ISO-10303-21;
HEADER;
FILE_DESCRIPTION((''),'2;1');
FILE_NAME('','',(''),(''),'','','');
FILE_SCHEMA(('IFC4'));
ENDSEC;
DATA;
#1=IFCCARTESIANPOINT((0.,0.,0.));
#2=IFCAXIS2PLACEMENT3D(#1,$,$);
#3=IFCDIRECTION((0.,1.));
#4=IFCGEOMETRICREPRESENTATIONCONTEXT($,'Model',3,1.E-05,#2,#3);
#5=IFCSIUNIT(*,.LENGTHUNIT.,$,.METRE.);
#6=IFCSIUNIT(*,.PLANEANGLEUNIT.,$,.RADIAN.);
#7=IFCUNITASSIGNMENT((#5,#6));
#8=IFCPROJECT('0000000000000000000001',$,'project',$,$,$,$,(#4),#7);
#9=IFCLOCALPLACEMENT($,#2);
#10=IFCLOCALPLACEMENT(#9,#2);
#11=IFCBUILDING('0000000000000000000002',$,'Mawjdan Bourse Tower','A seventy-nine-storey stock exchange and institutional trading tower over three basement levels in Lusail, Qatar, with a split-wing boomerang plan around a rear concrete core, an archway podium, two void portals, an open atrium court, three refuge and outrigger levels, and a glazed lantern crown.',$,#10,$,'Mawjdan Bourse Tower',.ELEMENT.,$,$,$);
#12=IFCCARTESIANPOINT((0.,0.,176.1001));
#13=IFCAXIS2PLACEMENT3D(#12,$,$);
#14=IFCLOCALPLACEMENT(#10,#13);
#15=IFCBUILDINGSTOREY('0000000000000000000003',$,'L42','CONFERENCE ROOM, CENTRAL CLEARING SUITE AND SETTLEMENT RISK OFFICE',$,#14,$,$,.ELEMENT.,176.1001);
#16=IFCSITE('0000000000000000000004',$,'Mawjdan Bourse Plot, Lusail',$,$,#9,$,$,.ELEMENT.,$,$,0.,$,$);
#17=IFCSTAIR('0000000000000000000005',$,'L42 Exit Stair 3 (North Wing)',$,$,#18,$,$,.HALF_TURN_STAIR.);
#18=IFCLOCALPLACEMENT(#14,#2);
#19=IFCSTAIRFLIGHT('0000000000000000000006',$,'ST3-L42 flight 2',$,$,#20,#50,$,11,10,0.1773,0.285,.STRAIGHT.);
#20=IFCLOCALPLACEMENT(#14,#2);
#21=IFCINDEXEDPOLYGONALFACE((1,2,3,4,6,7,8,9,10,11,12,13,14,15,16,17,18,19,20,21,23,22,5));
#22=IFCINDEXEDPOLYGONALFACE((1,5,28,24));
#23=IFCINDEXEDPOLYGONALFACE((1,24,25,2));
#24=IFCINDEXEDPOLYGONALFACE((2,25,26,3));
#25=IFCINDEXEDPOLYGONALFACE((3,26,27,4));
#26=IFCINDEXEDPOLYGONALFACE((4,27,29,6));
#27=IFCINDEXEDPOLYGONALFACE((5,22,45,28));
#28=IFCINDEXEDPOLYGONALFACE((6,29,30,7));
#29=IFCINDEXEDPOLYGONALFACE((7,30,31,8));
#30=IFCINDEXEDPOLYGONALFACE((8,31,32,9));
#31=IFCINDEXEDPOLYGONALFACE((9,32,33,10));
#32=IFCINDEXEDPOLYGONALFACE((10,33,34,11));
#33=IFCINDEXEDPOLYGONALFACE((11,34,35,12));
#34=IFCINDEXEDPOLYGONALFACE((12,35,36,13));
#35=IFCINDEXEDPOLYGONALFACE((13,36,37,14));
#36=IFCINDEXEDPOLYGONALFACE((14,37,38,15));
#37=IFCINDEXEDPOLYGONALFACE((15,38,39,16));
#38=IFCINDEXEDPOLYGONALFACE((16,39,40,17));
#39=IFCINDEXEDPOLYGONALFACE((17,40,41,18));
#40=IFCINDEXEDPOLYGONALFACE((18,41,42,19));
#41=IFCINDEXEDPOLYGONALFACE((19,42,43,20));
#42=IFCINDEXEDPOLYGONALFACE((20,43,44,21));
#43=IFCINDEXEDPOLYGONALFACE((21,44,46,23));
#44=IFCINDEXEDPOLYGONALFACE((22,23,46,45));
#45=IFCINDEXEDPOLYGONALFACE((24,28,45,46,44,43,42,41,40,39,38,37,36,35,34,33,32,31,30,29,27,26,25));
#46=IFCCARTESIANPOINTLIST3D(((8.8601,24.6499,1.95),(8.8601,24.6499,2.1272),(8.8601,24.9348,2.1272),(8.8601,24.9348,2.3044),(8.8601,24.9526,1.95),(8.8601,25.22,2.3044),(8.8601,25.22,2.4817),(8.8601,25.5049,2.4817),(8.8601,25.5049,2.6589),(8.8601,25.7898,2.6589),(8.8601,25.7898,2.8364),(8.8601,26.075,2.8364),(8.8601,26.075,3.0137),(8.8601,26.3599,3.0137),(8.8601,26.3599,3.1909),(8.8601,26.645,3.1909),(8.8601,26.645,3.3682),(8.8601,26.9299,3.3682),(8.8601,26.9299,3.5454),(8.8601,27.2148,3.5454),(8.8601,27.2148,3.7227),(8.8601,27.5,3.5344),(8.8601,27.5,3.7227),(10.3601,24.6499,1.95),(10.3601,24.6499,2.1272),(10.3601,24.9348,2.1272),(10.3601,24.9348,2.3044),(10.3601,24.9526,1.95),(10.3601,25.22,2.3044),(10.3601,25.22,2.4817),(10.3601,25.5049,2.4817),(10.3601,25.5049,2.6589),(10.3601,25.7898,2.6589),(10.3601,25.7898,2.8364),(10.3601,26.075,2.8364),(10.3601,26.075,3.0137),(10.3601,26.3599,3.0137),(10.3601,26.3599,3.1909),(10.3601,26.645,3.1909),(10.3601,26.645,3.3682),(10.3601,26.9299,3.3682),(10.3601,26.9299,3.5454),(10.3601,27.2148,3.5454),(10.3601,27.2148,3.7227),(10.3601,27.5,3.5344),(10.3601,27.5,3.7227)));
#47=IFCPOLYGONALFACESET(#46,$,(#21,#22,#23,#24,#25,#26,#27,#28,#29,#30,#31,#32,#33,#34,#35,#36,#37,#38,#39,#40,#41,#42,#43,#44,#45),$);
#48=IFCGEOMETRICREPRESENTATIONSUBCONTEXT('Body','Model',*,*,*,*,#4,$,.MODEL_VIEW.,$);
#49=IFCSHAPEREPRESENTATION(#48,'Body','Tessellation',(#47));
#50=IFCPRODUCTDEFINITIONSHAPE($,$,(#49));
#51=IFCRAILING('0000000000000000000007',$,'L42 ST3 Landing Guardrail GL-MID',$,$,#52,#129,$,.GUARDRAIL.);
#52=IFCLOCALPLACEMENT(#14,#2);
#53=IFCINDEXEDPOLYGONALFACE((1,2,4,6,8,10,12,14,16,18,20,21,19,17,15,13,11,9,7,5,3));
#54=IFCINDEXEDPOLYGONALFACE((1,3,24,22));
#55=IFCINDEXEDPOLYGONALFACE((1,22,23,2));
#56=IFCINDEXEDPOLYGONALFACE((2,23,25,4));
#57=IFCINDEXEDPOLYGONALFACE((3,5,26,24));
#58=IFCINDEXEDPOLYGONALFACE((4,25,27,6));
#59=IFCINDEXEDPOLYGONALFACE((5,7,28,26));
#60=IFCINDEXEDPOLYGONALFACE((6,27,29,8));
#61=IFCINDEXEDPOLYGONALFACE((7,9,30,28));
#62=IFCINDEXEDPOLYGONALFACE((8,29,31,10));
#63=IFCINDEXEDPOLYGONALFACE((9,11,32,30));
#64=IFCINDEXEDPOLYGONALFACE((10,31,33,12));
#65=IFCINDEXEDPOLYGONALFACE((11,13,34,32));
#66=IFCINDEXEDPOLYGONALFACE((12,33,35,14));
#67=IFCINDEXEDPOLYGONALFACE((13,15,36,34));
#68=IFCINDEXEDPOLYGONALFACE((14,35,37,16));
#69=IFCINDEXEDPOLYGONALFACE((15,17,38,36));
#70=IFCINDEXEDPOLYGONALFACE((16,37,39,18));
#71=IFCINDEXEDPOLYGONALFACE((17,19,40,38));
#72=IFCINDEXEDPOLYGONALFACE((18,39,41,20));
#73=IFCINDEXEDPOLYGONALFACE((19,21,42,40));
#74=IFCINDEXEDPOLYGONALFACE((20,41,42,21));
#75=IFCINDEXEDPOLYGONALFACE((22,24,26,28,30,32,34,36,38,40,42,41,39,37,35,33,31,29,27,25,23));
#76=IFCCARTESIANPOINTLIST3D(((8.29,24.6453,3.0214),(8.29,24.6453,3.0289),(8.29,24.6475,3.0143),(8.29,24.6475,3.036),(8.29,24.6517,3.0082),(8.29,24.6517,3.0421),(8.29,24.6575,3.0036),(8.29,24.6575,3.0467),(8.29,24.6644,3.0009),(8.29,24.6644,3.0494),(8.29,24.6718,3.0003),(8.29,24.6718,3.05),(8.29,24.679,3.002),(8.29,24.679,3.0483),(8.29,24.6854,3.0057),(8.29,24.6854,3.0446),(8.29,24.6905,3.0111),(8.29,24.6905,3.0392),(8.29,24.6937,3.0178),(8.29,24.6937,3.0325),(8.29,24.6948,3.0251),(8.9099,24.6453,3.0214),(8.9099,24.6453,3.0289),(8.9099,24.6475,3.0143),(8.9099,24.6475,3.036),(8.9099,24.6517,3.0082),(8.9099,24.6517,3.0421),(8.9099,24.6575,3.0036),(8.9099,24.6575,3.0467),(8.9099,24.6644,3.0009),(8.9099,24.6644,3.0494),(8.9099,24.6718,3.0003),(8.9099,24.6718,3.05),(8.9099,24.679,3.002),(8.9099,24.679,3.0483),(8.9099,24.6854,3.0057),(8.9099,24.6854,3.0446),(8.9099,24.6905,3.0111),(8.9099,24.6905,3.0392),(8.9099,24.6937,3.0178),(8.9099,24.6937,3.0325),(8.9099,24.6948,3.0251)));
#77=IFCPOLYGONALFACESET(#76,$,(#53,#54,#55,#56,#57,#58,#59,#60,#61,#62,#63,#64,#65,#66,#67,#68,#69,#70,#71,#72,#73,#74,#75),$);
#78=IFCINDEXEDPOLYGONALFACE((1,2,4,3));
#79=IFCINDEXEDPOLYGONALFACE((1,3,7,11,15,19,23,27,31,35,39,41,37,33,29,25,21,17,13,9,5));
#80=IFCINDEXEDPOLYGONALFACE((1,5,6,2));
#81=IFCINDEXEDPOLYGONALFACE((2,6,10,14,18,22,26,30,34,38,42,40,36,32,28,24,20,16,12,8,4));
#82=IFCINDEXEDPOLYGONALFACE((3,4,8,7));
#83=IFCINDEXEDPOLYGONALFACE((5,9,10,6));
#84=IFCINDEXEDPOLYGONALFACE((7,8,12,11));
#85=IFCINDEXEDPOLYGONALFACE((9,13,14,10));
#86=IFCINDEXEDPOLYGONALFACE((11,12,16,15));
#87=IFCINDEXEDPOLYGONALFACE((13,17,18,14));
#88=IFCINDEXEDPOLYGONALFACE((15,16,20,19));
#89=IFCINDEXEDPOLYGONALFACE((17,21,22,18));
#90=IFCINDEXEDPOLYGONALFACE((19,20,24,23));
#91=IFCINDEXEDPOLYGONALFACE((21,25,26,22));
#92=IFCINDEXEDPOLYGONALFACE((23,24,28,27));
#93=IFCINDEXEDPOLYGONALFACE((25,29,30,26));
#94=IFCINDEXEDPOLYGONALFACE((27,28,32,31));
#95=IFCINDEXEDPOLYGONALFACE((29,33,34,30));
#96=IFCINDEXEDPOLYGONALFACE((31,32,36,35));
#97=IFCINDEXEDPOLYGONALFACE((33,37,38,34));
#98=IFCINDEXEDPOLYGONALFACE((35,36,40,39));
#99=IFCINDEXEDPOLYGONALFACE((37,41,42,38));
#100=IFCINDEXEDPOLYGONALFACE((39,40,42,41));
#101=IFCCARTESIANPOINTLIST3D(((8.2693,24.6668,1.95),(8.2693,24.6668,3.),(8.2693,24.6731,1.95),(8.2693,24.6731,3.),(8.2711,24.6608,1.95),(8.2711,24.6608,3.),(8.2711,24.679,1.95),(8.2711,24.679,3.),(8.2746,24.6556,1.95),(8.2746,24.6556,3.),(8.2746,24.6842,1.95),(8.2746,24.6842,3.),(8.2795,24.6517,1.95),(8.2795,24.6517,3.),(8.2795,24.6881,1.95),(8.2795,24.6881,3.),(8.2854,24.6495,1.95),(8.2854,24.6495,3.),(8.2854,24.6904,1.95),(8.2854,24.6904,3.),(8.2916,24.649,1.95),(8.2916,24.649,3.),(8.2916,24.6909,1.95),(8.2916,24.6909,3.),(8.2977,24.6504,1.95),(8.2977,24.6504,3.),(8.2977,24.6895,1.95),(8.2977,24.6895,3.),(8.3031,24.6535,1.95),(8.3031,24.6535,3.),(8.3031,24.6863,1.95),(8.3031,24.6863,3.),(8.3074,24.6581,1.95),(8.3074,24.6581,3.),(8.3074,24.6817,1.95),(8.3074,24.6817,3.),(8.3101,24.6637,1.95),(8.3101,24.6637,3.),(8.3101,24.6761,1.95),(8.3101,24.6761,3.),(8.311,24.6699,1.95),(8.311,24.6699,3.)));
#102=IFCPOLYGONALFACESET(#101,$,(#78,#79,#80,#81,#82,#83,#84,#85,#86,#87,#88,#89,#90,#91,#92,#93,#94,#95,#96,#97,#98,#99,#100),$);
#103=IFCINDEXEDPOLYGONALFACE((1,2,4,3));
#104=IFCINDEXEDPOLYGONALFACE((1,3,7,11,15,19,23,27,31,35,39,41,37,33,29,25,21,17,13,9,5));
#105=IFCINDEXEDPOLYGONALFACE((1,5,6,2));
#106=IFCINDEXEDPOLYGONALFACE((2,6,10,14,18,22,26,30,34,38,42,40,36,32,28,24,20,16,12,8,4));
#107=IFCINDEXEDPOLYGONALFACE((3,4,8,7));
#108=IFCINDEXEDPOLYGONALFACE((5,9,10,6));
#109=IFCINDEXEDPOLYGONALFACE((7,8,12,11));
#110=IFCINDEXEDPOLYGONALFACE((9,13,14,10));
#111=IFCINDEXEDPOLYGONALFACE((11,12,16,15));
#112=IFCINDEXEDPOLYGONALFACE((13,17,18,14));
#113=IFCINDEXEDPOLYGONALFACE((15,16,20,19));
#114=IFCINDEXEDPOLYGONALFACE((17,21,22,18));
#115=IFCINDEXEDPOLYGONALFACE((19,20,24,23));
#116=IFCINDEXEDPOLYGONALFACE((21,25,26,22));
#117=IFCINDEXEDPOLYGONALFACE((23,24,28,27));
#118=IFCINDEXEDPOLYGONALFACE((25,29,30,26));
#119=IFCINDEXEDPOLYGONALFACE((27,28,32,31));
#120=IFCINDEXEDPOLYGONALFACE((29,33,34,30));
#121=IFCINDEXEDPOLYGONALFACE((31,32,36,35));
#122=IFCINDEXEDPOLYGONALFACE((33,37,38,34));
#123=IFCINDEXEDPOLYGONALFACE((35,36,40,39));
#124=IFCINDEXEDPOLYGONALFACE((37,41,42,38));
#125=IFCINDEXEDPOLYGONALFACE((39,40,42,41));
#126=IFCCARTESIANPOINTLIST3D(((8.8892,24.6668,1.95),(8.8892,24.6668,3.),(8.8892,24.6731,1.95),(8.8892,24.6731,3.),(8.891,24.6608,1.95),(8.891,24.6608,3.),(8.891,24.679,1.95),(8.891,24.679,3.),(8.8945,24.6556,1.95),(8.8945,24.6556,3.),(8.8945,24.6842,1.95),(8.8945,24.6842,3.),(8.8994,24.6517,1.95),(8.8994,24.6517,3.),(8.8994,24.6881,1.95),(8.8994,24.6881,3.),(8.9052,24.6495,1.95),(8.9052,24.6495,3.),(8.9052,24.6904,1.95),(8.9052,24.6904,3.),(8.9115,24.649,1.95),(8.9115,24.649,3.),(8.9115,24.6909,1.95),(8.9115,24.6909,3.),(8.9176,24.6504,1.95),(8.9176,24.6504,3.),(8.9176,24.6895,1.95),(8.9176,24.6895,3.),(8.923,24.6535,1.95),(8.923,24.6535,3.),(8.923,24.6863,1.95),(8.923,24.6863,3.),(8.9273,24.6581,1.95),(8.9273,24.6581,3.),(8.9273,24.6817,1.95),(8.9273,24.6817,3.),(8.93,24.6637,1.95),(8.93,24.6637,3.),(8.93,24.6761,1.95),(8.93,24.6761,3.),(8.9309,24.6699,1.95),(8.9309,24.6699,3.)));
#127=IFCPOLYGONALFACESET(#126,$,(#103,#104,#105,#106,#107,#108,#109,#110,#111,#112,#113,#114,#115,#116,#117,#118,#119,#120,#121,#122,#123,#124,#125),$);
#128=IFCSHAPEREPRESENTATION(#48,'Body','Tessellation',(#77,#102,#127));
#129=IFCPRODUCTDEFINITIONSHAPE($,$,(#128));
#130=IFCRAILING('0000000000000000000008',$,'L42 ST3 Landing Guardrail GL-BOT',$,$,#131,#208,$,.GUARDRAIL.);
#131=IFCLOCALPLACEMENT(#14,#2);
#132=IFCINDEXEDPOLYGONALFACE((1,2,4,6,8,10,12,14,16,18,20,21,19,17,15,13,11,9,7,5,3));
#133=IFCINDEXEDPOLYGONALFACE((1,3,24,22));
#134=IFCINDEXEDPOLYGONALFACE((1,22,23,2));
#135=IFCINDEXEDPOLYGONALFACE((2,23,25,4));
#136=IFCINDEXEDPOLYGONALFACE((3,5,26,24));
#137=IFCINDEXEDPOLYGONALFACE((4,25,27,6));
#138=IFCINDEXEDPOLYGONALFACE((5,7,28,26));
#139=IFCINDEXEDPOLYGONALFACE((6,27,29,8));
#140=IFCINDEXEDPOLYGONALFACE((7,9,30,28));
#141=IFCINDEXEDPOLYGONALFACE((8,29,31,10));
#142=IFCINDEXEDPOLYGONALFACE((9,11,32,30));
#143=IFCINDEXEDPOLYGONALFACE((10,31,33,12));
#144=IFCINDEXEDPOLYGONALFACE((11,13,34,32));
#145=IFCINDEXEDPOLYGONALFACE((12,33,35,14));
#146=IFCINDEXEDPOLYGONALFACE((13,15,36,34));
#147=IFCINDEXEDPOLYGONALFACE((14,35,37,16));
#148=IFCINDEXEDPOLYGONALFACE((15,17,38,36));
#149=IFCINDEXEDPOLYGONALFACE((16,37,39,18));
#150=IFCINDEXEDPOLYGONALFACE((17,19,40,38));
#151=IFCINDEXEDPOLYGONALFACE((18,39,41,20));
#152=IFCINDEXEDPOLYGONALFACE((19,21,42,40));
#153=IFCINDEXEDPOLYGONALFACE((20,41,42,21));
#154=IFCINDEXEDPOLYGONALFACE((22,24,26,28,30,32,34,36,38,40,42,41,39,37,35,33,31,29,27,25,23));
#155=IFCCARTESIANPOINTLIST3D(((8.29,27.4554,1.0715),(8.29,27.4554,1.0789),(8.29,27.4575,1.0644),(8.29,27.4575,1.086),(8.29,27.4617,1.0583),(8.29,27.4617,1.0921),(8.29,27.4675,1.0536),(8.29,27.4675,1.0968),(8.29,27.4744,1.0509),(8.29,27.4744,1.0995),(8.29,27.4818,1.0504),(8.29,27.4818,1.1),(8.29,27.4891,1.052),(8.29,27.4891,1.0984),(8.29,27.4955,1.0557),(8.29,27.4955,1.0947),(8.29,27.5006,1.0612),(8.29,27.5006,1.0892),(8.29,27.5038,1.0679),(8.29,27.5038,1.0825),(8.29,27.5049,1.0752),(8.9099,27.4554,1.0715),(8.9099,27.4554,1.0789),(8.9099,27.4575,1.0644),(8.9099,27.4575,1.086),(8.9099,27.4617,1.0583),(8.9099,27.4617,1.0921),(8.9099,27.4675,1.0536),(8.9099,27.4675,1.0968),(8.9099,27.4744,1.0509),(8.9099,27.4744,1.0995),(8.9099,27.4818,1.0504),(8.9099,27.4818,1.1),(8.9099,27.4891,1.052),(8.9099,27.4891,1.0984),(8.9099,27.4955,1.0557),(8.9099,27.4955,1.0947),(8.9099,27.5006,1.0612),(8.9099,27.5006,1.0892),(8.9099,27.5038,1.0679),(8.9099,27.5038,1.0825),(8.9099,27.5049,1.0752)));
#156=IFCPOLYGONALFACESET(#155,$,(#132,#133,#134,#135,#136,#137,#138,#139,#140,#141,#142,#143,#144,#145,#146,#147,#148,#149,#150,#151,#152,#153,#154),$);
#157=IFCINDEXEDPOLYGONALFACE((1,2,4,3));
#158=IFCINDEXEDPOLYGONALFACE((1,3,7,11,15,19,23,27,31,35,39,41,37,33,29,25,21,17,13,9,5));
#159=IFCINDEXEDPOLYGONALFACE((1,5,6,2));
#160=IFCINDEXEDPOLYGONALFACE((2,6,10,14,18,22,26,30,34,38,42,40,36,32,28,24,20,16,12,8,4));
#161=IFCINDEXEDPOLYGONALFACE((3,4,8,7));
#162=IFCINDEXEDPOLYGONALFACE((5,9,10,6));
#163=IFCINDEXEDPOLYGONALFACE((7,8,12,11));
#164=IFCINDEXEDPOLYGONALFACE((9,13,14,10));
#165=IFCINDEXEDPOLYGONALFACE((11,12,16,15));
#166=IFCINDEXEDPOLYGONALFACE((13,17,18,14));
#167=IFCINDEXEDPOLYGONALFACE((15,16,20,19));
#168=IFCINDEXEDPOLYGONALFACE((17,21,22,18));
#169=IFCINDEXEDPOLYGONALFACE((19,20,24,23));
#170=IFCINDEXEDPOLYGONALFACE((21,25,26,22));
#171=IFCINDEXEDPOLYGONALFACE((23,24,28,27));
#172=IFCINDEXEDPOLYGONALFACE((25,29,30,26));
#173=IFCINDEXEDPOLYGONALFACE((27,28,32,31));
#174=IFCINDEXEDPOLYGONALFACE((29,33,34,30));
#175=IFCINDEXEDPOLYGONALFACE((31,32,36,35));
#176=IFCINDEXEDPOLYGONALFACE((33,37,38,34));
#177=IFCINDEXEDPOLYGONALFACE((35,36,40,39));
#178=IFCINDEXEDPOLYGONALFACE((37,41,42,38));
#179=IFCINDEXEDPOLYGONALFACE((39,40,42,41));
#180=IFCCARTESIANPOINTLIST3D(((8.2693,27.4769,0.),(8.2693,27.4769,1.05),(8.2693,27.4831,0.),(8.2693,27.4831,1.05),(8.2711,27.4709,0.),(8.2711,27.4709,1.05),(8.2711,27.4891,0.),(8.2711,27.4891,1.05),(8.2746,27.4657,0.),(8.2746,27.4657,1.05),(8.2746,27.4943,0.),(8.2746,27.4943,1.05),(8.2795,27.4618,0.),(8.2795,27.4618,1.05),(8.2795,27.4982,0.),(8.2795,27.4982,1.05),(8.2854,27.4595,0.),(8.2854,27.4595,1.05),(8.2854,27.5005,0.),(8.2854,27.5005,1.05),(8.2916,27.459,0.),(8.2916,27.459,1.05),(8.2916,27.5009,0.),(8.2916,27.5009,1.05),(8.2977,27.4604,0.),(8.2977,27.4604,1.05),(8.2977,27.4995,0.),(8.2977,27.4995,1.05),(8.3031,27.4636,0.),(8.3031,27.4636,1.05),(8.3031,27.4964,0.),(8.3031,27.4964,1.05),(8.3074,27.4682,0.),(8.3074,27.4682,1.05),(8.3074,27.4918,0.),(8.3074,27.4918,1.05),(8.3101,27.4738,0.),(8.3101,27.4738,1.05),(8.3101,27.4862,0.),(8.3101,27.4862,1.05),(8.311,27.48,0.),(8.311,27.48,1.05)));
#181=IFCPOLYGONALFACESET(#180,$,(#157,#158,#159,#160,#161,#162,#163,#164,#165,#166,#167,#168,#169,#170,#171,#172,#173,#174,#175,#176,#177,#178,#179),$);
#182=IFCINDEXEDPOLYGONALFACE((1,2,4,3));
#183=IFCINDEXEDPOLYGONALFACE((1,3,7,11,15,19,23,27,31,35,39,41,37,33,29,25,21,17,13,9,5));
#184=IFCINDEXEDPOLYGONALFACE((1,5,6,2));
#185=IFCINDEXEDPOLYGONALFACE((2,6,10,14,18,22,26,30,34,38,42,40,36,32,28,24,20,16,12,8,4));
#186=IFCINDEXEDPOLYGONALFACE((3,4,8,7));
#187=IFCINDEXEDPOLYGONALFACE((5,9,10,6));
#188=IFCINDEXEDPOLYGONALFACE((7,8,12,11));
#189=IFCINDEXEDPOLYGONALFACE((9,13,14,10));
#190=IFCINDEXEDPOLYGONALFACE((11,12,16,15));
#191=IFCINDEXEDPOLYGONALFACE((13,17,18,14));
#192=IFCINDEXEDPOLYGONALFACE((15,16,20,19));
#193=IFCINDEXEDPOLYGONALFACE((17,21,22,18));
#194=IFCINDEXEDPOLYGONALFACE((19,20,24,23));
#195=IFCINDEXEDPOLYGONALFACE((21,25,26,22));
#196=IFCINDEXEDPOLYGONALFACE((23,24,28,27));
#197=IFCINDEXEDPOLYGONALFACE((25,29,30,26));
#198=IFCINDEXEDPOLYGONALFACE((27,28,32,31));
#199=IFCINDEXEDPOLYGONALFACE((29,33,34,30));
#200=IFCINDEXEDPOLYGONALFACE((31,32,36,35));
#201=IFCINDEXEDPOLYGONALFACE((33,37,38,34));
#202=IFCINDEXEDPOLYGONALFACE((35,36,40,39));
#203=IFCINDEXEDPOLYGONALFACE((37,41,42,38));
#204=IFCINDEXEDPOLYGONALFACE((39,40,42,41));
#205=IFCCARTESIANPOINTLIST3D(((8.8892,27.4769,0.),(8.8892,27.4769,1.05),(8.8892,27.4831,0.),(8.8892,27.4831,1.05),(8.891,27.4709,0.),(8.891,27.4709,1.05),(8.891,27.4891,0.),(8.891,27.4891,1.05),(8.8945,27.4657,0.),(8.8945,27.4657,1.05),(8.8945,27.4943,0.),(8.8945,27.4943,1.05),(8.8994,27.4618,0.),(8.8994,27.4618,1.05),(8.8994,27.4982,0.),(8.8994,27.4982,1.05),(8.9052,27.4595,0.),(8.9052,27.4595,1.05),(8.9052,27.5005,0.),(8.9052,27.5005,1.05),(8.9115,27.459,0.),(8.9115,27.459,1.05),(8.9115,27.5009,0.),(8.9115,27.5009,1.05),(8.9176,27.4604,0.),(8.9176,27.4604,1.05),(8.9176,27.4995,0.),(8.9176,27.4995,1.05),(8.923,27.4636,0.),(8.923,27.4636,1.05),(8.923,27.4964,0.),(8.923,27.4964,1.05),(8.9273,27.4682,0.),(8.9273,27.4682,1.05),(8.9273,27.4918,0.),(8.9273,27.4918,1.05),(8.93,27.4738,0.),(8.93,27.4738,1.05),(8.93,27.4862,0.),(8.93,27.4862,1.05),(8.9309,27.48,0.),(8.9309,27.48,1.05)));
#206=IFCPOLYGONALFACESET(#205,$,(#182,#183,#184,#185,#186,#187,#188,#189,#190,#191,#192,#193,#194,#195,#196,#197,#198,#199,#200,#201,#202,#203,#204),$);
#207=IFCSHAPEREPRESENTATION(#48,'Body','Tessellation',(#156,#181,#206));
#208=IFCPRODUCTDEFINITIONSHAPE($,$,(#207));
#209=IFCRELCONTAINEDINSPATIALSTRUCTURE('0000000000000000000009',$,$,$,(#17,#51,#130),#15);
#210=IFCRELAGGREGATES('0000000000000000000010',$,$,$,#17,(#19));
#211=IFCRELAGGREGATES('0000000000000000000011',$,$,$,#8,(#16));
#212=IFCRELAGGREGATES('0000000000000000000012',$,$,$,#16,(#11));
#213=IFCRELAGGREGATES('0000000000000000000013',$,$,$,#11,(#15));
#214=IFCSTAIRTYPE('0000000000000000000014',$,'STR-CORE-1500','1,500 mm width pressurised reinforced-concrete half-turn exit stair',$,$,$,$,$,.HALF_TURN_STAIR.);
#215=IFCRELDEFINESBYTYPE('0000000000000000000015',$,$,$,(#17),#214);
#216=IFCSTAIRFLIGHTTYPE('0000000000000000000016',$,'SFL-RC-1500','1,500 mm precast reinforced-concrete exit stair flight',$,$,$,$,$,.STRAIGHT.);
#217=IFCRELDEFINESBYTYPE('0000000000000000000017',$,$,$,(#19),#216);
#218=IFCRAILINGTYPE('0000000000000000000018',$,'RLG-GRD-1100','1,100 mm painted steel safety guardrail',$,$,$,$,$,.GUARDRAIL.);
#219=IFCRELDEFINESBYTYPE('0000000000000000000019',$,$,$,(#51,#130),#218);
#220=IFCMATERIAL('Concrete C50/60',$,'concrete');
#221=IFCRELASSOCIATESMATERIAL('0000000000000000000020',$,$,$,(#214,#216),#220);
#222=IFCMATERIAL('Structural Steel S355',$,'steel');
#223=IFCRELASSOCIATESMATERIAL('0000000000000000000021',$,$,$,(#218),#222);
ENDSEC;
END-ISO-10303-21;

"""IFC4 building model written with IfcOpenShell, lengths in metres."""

from ifc_helpers import new_model, si_unit, direction, frame, origin, origin_2d, place, context, subcontext, project, spatial, polyline, circle, outline, extrude, material, type_object, element, aggregate, save


model = new_model("IFC4")

# Units and contexts
model_context = context("Model", 3, precision=1e-05, world=origin(), true_north=direction((0.0, 1.0)))
body_context = subcontext(model_context, "Body", "Model", "MODEL_VIEW")
ifc_project = project(units=[si_unit("LENGTHUNIT", "METRE"), si_unit("PLANEANGLEUNIT", "RADIAN")], contexts=[model_context])

# Site, building, storey
site_placement = place(None, origin())
site = spatial("IfcSite", under=ifc_project, at=site_placement, Name="Mawjdan Bourse Plot, Lusail", CompositionType="ELEMENT", RefElevation=0.0)
building_placement = place(site_placement, origin())
building = spatial("IfcBuilding", under=site, at=building_placement, Name="Mawjdan Bourse Tower", Description="A seventy-nine-storey stock exchange and institutional trading tower over three basement levels in Lusail, Qatar, with a split-wing boomerang plan around a rear concrete core, an archway podium, two void portals, an open atrium court, three refuge and outrigger levels, and a glazed lantern crown.", LongName="Mawjdan Bourse Tower", CompositionType="ELEMENT")
storey_placement = place(building_placement, frame((0.0, 0.0, 176.1001)))
storey = spatial("IfcBuildingStorey", under=building, at=storey_placement, Name="L42", Description="CONFERENCE ROOM, CENTRAL CLEARING SUITE AND SETTLEMENT RISK OFFICE", CompositionType="ELEMENT", Elevation=176.1001)

# Shared definitions
ifc_material_1 = material(Name="Structural Steel S355", Category="steel")

# Shared definitions
ifc_material_2 = material(Name="Concrete C50/60", Category="concrete")

# Stair, stair flight
stair_type = type_object("IfcStairType", Name="STR-CORE-1500", Description="1,500 mm width pressurised reinforced-concrete half-turn exit stair", PredefinedType="HALF_TURN_STAIR", material=ifc_material_2)
stair_placement = place(storey_placement, origin())
stair = element("IfcStair", 1, at=stair_placement, inside=storey, type_object=stair_type, Name="L42 Exit Stair 3 (North Wing)", PredefinedType="HALF_TURN_STAIR")
stair_flight_type = type_object("IfcStairFlightType", Name="SFL-RC-1500", Description="1,500 mm precast reinforced-concrete exit stair flight", PredefinedType="STRAIGHT", material=ifc_material_2)
stair_flight_1_placement = place(storey_placement, frame((9.6101, 24.6499, 1.95), z_axis=(0.0, 0.0, 1.0), x_axis=(0.0, 1.0, 0.0)))
stair_flight_1 = element("IfcStairFlight", 2, at=stair_flight_1_placement, type_object=stair_flight_type, Name="ST3-L42 flight 2", NumberOfRisers=11, NumberOfTreads=10, PredefinedType="STRAIGHT", RiserHeight=0.1773, TreadLength=0.285, context=body_context, shape_type="SweptSolid", body=[
    extrude(outline(polyline([(0.0, 0.0), (0.0, 0.1772), (0.2849, 0.1772), (0.2849, 0.3545), (0.5701, 0.3545), (0.5701, 0.5317), (0.855, 0.5317), (0.855, 0.709), (1.1399, 0.709), (1.1399, 0.8865), (1.425, 0.8865), (1.425, 1.0637), (1.71, 1.0637), (1.71, 1.241), (1.9951, 1.241), (1.9951, 1.4182), (2.28, 1.4182), (2.28, 1.5955), (2.5649, 1.5955), (2.5649, 1.7727), (2.8501, 1.7727), (2.8501, 1.95), (2.8501, 1.5845), (0.3027, 0.0), (0.0, 0.0)])), frame((0.0, 0.75, 0.0), z_axis=(0.0, -1.0, 0.0), x_axis=(1.0, 0.0, 0.0)), (0.0, 0.0, 1.0), 1.5),
])
aggregate(stair, [stair_flight_1])

# Railings
railing_type_1 = type_object("IfcRailingType", Name="RLG-GRD-1100", Description="1,100 mm painted steel safety guardrail", PredefinedType="GUARDRAIL", material=ifc_material_1)
for number, where, name in (
    (3, (8.29, 24.6699, 1.95), "L42 ST3 Landing Guardrail GL-MID"),
    (4, (8.29, 27.48, 0.0), "L42 ST3 Landing Guardrail GL-BOT"),
):
    element("IfcRailing", number, at=place(storey_placement, frame(where)), inside=storey, type_object=railing_type_1, Name=name, PredefinedType="GUARDRAIL", context=body_context, shape_type="SweptSolid", body=[
        extrude(circle(Radius=0.0249, at=origin_2d()), frame((0.0, 0.0, 1.0752), z_axis=(1.0, 0.0, 0.0), x_axis=(0.0, 1.0, 0.0)), (0.0, 0.0, 1.0), 0.6199),
        extrude(circle(Radius=0.021, at=origin_2d()), origin(), (0.0, 0.0, 1.0), 1.05),
        extrude(circle(Radius=0.021, at=origin_2d()), frame((0.6199, 0.0, 0.0)), (0.0, 0.0, 1.0), 1.05),
    ])

save(model, "model.ifc")
